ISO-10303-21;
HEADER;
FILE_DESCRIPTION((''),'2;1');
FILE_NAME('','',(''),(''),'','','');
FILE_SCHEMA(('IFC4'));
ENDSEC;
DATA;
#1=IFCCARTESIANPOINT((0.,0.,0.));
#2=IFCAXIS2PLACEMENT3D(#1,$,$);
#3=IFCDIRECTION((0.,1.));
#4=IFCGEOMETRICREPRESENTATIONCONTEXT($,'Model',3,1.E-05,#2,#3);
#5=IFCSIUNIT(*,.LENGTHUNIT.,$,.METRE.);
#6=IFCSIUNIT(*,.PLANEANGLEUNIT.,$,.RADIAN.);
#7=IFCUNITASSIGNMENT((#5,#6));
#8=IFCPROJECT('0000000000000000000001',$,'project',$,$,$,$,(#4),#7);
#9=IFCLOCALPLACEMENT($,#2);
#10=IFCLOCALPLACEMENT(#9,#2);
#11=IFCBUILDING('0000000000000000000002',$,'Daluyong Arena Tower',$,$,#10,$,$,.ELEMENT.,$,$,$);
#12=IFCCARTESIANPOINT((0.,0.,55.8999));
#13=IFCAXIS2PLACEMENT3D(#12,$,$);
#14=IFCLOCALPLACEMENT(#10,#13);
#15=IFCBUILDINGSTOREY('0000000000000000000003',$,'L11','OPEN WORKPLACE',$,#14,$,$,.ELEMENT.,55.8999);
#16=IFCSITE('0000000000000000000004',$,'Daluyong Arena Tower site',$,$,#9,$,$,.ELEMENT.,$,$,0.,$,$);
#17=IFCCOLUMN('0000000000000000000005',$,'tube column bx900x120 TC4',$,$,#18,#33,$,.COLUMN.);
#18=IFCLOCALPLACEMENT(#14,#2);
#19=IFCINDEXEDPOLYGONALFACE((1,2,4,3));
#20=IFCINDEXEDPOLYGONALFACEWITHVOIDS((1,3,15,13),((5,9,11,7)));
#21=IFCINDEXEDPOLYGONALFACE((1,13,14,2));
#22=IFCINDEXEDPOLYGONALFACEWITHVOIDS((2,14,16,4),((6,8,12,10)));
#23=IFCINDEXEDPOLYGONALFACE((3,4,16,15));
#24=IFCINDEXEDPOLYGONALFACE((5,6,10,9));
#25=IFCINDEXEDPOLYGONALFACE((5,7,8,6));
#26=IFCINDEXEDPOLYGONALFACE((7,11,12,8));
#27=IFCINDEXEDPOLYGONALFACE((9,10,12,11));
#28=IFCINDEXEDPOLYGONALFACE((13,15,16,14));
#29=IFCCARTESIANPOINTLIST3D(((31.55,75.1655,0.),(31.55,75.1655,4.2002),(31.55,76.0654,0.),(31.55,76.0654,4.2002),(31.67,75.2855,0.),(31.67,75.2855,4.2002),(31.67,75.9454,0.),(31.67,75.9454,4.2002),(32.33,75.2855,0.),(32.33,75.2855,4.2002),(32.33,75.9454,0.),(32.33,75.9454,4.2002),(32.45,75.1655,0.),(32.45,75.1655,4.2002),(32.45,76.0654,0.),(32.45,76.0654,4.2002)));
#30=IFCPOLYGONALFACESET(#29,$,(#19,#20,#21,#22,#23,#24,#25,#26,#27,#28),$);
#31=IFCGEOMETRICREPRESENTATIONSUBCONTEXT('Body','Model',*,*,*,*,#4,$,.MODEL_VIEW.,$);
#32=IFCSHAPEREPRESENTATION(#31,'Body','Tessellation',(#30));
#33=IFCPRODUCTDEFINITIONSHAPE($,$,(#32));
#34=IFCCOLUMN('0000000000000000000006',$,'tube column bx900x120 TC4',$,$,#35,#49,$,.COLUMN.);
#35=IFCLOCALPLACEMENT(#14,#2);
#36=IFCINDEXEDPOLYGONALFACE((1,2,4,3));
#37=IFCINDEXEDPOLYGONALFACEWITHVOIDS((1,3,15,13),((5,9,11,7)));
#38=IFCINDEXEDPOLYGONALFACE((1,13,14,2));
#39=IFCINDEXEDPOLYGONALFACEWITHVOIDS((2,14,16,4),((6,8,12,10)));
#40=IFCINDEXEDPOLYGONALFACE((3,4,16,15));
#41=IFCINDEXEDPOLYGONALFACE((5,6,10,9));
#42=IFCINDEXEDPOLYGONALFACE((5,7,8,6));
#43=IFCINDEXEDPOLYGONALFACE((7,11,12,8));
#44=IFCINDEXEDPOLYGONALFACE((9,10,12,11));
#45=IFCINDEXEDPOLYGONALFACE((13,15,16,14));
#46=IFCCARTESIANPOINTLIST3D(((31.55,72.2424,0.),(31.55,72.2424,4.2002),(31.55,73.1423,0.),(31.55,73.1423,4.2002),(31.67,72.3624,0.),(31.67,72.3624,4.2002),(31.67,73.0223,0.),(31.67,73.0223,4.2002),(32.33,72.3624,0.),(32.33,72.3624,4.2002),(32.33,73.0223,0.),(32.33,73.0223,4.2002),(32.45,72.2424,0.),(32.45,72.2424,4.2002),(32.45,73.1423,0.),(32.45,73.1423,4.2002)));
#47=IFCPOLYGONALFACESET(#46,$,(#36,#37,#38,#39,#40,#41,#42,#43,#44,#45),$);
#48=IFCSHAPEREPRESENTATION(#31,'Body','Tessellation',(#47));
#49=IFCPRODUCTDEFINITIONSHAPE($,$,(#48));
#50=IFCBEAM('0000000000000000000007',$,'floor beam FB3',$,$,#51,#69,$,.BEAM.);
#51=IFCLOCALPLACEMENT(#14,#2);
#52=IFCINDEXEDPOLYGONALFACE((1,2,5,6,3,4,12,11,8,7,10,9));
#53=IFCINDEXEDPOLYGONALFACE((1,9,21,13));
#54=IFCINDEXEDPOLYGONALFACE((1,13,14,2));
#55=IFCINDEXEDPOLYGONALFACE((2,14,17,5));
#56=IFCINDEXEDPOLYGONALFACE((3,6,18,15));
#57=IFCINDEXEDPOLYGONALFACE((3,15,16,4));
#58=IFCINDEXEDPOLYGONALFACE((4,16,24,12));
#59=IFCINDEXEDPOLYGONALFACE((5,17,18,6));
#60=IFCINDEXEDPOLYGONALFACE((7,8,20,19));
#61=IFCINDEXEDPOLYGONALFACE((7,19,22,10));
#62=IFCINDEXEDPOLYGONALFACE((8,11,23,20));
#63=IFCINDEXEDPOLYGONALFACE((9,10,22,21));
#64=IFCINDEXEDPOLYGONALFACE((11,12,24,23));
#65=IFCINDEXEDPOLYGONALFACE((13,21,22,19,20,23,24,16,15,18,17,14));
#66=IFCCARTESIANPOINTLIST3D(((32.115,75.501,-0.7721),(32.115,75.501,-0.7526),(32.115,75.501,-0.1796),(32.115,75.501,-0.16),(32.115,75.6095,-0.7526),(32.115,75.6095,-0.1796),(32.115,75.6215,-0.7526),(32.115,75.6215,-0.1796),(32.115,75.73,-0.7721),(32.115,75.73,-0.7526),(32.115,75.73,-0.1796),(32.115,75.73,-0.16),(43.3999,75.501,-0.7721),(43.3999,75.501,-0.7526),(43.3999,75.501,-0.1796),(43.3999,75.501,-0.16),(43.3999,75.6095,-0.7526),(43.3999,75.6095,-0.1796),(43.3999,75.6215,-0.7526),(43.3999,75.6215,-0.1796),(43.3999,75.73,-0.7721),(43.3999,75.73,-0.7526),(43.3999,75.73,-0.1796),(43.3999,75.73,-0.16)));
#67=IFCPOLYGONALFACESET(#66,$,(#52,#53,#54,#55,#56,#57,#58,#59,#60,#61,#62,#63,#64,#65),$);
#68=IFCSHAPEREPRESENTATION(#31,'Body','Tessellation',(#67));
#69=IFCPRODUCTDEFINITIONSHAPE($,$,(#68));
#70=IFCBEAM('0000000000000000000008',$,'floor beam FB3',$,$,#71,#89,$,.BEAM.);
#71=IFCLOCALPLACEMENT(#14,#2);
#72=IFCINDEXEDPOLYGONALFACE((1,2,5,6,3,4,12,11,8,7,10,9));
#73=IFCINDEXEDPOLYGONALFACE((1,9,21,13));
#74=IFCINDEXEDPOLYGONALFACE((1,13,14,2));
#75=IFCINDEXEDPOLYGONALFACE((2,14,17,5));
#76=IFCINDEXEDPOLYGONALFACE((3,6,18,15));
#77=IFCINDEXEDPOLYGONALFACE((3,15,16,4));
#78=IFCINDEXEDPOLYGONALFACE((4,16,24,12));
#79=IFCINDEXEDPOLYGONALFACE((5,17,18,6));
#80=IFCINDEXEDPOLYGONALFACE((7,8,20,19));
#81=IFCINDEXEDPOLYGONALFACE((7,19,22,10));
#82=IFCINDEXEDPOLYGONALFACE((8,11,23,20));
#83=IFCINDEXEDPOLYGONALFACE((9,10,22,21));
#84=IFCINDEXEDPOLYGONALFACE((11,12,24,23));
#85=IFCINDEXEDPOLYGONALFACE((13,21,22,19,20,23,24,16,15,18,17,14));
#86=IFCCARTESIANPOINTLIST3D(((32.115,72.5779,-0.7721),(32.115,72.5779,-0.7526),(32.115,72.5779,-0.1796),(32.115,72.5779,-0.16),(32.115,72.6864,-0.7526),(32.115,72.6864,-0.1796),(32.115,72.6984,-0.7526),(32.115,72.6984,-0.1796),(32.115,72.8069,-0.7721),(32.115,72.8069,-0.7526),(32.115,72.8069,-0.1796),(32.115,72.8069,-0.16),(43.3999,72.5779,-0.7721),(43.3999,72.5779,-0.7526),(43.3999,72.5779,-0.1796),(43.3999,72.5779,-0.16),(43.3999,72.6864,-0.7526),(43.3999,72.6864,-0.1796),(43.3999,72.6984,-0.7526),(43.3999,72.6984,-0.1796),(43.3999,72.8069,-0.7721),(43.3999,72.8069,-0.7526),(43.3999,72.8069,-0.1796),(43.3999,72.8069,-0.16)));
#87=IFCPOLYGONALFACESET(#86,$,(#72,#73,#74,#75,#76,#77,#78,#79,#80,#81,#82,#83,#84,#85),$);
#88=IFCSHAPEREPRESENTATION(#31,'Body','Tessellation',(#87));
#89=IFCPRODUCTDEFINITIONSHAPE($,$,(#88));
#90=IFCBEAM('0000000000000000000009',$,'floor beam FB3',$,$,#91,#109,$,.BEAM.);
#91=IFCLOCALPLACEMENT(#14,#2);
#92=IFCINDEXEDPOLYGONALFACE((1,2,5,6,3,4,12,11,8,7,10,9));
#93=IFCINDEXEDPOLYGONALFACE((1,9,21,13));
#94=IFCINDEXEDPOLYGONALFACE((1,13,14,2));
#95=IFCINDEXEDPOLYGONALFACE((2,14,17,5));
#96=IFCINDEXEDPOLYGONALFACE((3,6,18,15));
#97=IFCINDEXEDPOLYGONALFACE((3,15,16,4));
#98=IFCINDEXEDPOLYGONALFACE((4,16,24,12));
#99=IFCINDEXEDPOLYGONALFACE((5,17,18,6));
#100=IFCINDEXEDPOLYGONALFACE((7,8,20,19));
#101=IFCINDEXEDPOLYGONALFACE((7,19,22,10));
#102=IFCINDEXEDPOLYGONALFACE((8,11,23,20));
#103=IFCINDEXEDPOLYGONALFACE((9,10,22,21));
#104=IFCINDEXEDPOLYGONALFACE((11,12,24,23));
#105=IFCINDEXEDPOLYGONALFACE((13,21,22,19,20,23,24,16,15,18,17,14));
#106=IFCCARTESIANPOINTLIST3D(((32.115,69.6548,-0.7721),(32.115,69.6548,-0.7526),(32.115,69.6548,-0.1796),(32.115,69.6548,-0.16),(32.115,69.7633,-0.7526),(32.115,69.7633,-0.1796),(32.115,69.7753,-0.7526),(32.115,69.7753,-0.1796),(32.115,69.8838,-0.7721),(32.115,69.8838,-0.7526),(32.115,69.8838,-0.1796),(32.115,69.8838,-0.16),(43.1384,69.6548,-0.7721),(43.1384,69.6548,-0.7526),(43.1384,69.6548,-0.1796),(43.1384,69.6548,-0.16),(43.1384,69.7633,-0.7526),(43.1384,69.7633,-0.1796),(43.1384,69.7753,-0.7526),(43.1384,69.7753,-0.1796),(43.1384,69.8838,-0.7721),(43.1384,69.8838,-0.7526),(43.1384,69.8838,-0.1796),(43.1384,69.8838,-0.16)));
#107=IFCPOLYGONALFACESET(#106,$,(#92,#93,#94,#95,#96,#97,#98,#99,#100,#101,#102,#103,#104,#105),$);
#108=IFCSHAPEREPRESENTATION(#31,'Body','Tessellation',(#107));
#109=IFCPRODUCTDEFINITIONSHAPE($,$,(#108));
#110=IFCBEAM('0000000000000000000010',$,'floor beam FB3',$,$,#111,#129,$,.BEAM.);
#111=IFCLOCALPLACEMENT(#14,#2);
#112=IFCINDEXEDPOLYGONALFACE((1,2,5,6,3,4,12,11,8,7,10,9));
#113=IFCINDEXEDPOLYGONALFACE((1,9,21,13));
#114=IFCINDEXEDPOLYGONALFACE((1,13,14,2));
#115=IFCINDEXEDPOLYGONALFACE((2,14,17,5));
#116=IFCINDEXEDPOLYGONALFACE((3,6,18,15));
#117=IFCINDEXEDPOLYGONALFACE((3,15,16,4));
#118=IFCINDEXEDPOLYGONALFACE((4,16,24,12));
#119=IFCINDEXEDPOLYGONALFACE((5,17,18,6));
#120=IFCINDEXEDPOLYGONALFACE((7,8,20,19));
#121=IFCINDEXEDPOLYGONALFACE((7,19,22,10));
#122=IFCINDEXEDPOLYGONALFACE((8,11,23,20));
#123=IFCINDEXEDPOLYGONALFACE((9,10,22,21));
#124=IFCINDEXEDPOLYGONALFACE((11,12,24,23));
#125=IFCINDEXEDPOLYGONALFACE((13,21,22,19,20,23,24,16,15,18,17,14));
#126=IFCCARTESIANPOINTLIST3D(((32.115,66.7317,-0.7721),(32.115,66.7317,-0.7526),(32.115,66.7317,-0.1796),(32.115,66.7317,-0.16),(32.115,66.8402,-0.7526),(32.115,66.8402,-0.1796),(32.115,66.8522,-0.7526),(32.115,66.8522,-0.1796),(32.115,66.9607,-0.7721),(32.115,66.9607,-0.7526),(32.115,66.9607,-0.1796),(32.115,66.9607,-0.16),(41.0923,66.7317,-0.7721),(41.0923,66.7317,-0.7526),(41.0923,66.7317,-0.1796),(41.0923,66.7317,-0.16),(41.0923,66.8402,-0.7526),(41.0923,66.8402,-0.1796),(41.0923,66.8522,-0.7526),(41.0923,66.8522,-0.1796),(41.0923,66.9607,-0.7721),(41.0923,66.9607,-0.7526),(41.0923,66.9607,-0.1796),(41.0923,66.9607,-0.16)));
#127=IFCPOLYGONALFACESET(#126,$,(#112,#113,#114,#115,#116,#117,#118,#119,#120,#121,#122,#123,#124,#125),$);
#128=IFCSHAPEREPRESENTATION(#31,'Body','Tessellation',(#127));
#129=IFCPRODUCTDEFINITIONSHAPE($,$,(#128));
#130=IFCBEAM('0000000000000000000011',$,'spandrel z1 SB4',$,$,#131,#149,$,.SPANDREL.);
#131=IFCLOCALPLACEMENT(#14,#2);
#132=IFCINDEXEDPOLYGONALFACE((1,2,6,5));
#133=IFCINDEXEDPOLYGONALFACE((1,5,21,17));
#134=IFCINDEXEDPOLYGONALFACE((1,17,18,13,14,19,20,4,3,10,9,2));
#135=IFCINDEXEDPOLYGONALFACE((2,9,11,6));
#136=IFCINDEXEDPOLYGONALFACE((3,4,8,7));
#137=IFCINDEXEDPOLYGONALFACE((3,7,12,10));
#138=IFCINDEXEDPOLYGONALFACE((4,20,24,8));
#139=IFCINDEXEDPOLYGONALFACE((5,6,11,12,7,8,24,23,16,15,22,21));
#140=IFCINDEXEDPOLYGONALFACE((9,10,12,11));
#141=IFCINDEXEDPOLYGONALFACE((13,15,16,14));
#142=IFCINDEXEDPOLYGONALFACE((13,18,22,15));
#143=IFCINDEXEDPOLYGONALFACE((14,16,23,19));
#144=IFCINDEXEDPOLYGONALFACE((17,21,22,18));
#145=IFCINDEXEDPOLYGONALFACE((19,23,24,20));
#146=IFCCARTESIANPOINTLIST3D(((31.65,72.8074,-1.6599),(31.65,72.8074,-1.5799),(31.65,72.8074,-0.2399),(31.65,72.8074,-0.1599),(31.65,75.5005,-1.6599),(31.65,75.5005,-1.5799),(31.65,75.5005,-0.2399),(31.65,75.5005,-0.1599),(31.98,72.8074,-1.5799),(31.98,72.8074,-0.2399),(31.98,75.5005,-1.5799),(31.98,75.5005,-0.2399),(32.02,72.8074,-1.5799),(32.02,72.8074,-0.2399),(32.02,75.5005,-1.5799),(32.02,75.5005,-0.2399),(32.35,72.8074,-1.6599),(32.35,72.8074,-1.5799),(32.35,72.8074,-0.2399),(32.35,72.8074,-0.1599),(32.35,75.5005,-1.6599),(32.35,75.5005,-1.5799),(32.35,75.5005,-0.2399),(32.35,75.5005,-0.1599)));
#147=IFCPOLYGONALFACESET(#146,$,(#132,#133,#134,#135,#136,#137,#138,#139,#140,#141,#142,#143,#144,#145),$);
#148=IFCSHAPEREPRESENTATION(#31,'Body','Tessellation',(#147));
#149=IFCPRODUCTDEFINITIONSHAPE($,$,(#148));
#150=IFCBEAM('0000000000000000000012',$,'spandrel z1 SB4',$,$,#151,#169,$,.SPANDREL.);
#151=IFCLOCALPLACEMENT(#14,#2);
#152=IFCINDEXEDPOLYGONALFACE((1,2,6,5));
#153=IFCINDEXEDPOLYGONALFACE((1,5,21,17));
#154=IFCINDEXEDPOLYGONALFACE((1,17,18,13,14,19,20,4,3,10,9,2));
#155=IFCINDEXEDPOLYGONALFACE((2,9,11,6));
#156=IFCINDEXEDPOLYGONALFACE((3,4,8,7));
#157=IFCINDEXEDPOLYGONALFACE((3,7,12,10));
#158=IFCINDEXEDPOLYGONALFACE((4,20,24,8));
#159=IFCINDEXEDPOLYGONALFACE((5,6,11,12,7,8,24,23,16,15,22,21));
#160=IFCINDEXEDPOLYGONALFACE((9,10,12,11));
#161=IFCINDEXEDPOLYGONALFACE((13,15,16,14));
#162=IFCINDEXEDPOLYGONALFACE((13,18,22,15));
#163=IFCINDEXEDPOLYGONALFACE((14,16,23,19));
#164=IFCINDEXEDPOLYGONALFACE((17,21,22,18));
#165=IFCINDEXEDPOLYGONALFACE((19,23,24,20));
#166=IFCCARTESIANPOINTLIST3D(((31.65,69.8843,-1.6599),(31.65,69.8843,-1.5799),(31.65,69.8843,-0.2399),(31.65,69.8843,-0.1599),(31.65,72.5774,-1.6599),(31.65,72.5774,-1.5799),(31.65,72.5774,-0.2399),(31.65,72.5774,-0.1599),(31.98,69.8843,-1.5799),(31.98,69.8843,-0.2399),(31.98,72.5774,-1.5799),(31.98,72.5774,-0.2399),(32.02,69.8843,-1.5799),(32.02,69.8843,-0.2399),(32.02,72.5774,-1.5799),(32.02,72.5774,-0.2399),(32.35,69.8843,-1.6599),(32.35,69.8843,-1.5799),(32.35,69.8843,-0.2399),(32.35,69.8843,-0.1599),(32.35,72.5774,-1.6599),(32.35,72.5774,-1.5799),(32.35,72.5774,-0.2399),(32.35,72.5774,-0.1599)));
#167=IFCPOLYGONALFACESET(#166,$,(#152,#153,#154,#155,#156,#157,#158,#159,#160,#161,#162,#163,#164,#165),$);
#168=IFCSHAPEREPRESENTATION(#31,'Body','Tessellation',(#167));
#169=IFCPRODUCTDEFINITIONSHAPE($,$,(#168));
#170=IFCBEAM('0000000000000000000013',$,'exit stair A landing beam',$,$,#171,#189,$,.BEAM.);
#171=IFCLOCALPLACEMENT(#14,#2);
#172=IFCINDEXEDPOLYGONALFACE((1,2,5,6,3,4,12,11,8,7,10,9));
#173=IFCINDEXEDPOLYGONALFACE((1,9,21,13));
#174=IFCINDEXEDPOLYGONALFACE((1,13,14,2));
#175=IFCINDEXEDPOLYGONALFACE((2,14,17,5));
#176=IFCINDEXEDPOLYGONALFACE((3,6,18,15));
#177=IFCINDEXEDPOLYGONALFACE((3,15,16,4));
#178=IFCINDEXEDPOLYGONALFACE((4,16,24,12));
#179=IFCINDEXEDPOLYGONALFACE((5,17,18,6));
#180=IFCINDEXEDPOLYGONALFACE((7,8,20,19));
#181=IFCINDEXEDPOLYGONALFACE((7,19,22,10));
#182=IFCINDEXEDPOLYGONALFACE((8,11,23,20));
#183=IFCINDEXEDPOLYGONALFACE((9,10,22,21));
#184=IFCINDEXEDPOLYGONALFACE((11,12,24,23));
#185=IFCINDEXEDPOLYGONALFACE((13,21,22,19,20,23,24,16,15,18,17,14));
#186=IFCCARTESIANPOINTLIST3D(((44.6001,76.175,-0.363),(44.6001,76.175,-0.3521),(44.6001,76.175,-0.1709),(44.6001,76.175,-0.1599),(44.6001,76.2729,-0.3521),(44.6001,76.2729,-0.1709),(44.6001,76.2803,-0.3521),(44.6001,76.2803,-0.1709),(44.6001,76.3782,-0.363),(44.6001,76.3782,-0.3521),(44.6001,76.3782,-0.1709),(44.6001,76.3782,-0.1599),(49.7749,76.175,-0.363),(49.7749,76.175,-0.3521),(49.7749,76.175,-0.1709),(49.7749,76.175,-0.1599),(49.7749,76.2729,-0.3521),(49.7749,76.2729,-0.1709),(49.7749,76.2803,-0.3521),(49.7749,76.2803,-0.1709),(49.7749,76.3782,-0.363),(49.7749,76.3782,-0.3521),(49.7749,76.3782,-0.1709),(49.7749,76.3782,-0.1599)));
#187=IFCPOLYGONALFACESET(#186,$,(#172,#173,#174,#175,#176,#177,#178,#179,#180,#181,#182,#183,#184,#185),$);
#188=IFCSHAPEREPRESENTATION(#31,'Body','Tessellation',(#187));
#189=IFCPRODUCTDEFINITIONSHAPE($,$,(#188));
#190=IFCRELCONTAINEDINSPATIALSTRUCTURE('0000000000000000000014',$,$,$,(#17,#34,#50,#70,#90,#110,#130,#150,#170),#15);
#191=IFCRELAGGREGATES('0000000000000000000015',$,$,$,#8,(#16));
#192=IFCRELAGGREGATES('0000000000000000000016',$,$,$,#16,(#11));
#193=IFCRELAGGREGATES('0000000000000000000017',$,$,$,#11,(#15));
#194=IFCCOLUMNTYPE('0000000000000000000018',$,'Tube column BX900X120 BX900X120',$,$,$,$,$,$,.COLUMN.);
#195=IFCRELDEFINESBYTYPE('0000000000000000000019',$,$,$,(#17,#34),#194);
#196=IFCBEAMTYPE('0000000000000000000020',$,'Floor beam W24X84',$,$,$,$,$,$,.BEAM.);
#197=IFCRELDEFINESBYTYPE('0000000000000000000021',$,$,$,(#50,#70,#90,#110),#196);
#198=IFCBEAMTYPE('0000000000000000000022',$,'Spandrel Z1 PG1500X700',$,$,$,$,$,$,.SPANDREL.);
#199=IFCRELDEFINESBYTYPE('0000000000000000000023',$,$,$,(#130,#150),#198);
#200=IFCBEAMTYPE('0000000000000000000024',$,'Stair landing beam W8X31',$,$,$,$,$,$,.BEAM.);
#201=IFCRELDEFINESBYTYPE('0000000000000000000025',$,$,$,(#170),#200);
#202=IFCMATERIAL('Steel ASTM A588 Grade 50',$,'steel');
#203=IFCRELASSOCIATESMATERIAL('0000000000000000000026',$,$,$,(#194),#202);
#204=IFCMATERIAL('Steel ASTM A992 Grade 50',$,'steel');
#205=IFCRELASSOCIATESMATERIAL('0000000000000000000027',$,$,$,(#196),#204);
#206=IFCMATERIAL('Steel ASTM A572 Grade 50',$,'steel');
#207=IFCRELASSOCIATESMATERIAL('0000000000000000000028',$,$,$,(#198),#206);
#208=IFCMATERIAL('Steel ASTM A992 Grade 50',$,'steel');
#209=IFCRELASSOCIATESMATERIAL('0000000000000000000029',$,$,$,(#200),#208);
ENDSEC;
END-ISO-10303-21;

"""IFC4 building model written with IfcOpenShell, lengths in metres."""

from ifc_helpers import new_model, si_unit, direction, frame, origin, origin_2d, place, context, subcontext, project, spatial, hollow_rectangle, i_section, extrude, material, material_profile, profile_set, type_object, element, save


model = new_model("IFC4")

# Units and contexts
model_context = context("Model", 3, precision=1e-05, world=origin(), true_north=direction((0.0, 1.0)))
body_context = subcontext(model_context, "Body", "Model", "MODEL_VIEW")
ifc_project = project(units=[si_unit("LENGTHUNIT", "METRE"), si_unit("PLANEANGLEUNIT", "RADIAN")], contexts=[model_context])

# Site, building, storey
site_placement = place(None, origin())
site = spatial("IfcSite", under=ifc_project, at=site_placement, Name="Daluyong Arena Tower site", CompositionType="ELEMENT", RefElevation=0.0)
building_placement = place(site_placement, origin())
building = spatial("IfcBuilding", under=site, at=building_placement, Name="Daluyong Arena Tower", CompositionType="ELEMENT")
storey_placement = place(building_placement, frame((0.0, 0.0, 55.8999)))
storey = spatial("IfcBuildingStorey", under=building, at=storey_placement, Name="L11", Description="OPEN WORKPLACE", CompositionType="ELEMENT", Elevation=55.8999)

# Columns
ifc_material_1 = material(Name="Steel ASTM A588 Grade 50", Category="steel")
ifc_material_profile_1 = material_profile(ifc_material_1, hollow_rectangle(XDim=0.8999, YDim=0.8999, WallThickness=0.12, at=origin_2d()))
ifc_profile_set_1 = profile_set([ifc_material_profile_1], Name="Steel ASTM A588 Grade 50")
column_type = type_object("IfcColumnType", Name="Tube column BX900X120 BX900X120", PredefinedType="COLUMN", material=ifc_profile_set_1)
for number, where, z_axis, x_axis, name in (
    (1, (32.0, 75.6155, 0.0), (0.0, 0.0, 1.0), (0.0, 1.0, 0.0), "tube column bx900x120 TC4"),
    (2, (32.0, 72.6924, 0.0), (0.0, 0.0, 1.0), (0.0, 1.0, 0.0), "tube column bx900x120 TC4"),
):
    element("IfcColumn", number, at=place(storey_placement, frame(where, z_axis=z_axis, x_axis=x_axis)), inside=storey, type_object=column_type, Name=name, PredefinedType="COLUMN", context=body_context, shape_type="SweptSolid", body=[
        extrude(hollow_rectangle(XDim=0.8999, YDim=0.8999, WallThickness=0.12, at=origin_2d()), origin(), (0.0, 0.0, 1.0), 4.2002),
    ])

# Beams
ifc_material_2 = material(Name="Steel ASTM A992 Grade 50", Category="steel")
ifc_material_profile_2 = material_profile(ifc_material_2, i_section(OverallWidth=0.229, OverallDepth=0.6121, WebThickness=0.012, FlangeThickness=0.0195, at=origin_2d()))
ifc_profile_set_2 = profile_set([ifc_material_profile_2], Name="Steel ASTM A992 Grade 50")
beam_type_1 = type_object("IfcBeamType", Name="Floor beam W24X84", PredefinedType="BEAM", material=ifc_profile_set_2)
for number, where, z_axis, x_axis, name in (
    (3, (32.115, 75.6155, -0.4661), (1.0, 0.0, 0.0), (0.0, 1.0, 0.0), "floor beam FB3"),
    (4, (32.115, 72.6924, -0.4661), (1.0, 0.0, 0.0), (0.0, 1.0, 0.0), "floor beam FB3"),
):
    element("IfcBeam", number, at=place(storey_placement, frame(where, z_axis=z_axis, x_axis=x_axis)), inside=storey, type_object=beam_type_1, Name=name, PredefinedType="BEAM", context=body_context, shape_type="SweptSolid", body=[
        extrude(i_section(OverallWidth=0.229, OverallDepth=0.6121, WebThickness=0.012, FlangeThickness=0.0195, at=origin_2d()), origin(), (0.0, 0.0, 1.0), 11.2849),
    ])
beam_1_placement = place(storey_placement, frame((32.115, 69.7693, -0.4661), z_axis=(1.0, 0.0, 0.0), x_axis=(0.0, 1.0, 0.0)))
element("IfcBeam", 5, at=beam_1_placement, inside=storey, type_object=beam_type_1, Name="floor beam FB3", PredefinedType="BEAM", context=body_context, shape_type="SweptSolid", body=[
    extrude(i_section(OverallWidth=0.229, OverallDepth=0.6121, WebThickness=0.012, FlangeThickness=0.0195, at=origin_2d()), origin(), (0.0, 0.0, 1.0), 11.0234),
])
beam_2_placement = place(storey_placement, frame((32.115, 66.8462, -0.4661), z_axis=(1.0, 0.0, 0.0), x_axis=(0.0, 1.0, 0.0)))
element("IfcBeam", 6, at=beam_2_placement, inside=storey, type_object=beam_type_1, Name="floor beam FB3", PredefinedType="BEAM", context=body_context, shape_type="SweptSolid", body=[
    extrude(i_section(OverallWidth=0.229, OverallDepth=0.6121, WebThickness=0.012, FlangeThickness=0.0195, at=origin_2d()), origin(), (0.0, 0.0, 1.0), 8.9773),
])
ifc_material_3 = material(Name="Steel ASTM A572 Grade 50", Category="steel")
ifc_material_profile_3 = material_profile(ifc_material_3, i_section(OverallWidth=0.7, OverallDepth=1.5, WebThickness=0.04, FlangeThickness=0.08, at=origin_2d()))
ifc_profile_set_3 = profile_set([ifc_material_profile_3], Name="Steel ASTM A572 Grade 50")
beam_type_2 = type_object("IfcBeamType", Name="Spandrel Z1 PG1500X700", PredefinedType="SPANDREL", material=ifc_profile_set_3)
for number, where, z_axis, x_axis, name in (
    (7, (32.0, 75.5005, -0.9099), (0.0, -1.0, 0.0), (1.0, 0.0, 0.0), "spandrel z1 SB4"),
    (8, (32.0, 72.5774, -0.9099), (0.0, -1.0, 0.0), (1.0, 0.0, 0.0), "spandrel z1 SB4"),
):
    element("IfcBeam", number, at=place(storey_placement, frame(where, z_axis=z_axis, x_axis=x_axis)), inside=storey, type_object=beam_type_2, Name=name, PredefinedType="SPANDREL", context=body_context, shape_type="SweptSolid", body=[
        extrude(i_section(OverallWidth=0.7, OverallDepth=1.5, WebThickness=0.04, FlangeThickness=0.08, at=origin_2d()), origin(), (0.0, 0.0, 1.0), 2.6931),
    ])
ifc_material_4 = material(Name="Steel ASTM A992 Grade 50", Category="steel")
ifc_material_profile_4 = material_profile(ifc_material_4, i_section(OverallWidth=0.2031, OverallDepth=0.2031, WebThickness=0.0073, FlangeThickness=0.011, at=origin_2d()))
ifc_profile_set_4 = profile_set([ifc_material_profile_4], Name="Steel ASTM A992 Grade 50")
beam_type_3 = type_object("IfcBeamType", Name="Stair landing beam W8X31", PredefinedType="BEAM", material=ifc_profile_set_4)
beam_3_placement = place(storey_placement, frame((44.6001, 76.2766, -0.2615), z_axis=(1.0, 0.0, 0.0), x_axis=(0.0, 1.0, 0.0)))
element("IfcBeam", 9, at=beam_3_placement, inside=storey, type_object=beam_type_3, Name="exit stair A landing beam", PredefinedType="BEAM", context=body_context, shape_type="SweptSolid", body=[
    extrude(i_section(OverallWidth=0.2031, OverallDepth=0.2031, WebThickness=0.0073, FlangeThickness=0.011, at=origin_2d()), origin(), (0.0, 0.0, 1.0), 5.1748),
])

save(model, "model.ifc")
